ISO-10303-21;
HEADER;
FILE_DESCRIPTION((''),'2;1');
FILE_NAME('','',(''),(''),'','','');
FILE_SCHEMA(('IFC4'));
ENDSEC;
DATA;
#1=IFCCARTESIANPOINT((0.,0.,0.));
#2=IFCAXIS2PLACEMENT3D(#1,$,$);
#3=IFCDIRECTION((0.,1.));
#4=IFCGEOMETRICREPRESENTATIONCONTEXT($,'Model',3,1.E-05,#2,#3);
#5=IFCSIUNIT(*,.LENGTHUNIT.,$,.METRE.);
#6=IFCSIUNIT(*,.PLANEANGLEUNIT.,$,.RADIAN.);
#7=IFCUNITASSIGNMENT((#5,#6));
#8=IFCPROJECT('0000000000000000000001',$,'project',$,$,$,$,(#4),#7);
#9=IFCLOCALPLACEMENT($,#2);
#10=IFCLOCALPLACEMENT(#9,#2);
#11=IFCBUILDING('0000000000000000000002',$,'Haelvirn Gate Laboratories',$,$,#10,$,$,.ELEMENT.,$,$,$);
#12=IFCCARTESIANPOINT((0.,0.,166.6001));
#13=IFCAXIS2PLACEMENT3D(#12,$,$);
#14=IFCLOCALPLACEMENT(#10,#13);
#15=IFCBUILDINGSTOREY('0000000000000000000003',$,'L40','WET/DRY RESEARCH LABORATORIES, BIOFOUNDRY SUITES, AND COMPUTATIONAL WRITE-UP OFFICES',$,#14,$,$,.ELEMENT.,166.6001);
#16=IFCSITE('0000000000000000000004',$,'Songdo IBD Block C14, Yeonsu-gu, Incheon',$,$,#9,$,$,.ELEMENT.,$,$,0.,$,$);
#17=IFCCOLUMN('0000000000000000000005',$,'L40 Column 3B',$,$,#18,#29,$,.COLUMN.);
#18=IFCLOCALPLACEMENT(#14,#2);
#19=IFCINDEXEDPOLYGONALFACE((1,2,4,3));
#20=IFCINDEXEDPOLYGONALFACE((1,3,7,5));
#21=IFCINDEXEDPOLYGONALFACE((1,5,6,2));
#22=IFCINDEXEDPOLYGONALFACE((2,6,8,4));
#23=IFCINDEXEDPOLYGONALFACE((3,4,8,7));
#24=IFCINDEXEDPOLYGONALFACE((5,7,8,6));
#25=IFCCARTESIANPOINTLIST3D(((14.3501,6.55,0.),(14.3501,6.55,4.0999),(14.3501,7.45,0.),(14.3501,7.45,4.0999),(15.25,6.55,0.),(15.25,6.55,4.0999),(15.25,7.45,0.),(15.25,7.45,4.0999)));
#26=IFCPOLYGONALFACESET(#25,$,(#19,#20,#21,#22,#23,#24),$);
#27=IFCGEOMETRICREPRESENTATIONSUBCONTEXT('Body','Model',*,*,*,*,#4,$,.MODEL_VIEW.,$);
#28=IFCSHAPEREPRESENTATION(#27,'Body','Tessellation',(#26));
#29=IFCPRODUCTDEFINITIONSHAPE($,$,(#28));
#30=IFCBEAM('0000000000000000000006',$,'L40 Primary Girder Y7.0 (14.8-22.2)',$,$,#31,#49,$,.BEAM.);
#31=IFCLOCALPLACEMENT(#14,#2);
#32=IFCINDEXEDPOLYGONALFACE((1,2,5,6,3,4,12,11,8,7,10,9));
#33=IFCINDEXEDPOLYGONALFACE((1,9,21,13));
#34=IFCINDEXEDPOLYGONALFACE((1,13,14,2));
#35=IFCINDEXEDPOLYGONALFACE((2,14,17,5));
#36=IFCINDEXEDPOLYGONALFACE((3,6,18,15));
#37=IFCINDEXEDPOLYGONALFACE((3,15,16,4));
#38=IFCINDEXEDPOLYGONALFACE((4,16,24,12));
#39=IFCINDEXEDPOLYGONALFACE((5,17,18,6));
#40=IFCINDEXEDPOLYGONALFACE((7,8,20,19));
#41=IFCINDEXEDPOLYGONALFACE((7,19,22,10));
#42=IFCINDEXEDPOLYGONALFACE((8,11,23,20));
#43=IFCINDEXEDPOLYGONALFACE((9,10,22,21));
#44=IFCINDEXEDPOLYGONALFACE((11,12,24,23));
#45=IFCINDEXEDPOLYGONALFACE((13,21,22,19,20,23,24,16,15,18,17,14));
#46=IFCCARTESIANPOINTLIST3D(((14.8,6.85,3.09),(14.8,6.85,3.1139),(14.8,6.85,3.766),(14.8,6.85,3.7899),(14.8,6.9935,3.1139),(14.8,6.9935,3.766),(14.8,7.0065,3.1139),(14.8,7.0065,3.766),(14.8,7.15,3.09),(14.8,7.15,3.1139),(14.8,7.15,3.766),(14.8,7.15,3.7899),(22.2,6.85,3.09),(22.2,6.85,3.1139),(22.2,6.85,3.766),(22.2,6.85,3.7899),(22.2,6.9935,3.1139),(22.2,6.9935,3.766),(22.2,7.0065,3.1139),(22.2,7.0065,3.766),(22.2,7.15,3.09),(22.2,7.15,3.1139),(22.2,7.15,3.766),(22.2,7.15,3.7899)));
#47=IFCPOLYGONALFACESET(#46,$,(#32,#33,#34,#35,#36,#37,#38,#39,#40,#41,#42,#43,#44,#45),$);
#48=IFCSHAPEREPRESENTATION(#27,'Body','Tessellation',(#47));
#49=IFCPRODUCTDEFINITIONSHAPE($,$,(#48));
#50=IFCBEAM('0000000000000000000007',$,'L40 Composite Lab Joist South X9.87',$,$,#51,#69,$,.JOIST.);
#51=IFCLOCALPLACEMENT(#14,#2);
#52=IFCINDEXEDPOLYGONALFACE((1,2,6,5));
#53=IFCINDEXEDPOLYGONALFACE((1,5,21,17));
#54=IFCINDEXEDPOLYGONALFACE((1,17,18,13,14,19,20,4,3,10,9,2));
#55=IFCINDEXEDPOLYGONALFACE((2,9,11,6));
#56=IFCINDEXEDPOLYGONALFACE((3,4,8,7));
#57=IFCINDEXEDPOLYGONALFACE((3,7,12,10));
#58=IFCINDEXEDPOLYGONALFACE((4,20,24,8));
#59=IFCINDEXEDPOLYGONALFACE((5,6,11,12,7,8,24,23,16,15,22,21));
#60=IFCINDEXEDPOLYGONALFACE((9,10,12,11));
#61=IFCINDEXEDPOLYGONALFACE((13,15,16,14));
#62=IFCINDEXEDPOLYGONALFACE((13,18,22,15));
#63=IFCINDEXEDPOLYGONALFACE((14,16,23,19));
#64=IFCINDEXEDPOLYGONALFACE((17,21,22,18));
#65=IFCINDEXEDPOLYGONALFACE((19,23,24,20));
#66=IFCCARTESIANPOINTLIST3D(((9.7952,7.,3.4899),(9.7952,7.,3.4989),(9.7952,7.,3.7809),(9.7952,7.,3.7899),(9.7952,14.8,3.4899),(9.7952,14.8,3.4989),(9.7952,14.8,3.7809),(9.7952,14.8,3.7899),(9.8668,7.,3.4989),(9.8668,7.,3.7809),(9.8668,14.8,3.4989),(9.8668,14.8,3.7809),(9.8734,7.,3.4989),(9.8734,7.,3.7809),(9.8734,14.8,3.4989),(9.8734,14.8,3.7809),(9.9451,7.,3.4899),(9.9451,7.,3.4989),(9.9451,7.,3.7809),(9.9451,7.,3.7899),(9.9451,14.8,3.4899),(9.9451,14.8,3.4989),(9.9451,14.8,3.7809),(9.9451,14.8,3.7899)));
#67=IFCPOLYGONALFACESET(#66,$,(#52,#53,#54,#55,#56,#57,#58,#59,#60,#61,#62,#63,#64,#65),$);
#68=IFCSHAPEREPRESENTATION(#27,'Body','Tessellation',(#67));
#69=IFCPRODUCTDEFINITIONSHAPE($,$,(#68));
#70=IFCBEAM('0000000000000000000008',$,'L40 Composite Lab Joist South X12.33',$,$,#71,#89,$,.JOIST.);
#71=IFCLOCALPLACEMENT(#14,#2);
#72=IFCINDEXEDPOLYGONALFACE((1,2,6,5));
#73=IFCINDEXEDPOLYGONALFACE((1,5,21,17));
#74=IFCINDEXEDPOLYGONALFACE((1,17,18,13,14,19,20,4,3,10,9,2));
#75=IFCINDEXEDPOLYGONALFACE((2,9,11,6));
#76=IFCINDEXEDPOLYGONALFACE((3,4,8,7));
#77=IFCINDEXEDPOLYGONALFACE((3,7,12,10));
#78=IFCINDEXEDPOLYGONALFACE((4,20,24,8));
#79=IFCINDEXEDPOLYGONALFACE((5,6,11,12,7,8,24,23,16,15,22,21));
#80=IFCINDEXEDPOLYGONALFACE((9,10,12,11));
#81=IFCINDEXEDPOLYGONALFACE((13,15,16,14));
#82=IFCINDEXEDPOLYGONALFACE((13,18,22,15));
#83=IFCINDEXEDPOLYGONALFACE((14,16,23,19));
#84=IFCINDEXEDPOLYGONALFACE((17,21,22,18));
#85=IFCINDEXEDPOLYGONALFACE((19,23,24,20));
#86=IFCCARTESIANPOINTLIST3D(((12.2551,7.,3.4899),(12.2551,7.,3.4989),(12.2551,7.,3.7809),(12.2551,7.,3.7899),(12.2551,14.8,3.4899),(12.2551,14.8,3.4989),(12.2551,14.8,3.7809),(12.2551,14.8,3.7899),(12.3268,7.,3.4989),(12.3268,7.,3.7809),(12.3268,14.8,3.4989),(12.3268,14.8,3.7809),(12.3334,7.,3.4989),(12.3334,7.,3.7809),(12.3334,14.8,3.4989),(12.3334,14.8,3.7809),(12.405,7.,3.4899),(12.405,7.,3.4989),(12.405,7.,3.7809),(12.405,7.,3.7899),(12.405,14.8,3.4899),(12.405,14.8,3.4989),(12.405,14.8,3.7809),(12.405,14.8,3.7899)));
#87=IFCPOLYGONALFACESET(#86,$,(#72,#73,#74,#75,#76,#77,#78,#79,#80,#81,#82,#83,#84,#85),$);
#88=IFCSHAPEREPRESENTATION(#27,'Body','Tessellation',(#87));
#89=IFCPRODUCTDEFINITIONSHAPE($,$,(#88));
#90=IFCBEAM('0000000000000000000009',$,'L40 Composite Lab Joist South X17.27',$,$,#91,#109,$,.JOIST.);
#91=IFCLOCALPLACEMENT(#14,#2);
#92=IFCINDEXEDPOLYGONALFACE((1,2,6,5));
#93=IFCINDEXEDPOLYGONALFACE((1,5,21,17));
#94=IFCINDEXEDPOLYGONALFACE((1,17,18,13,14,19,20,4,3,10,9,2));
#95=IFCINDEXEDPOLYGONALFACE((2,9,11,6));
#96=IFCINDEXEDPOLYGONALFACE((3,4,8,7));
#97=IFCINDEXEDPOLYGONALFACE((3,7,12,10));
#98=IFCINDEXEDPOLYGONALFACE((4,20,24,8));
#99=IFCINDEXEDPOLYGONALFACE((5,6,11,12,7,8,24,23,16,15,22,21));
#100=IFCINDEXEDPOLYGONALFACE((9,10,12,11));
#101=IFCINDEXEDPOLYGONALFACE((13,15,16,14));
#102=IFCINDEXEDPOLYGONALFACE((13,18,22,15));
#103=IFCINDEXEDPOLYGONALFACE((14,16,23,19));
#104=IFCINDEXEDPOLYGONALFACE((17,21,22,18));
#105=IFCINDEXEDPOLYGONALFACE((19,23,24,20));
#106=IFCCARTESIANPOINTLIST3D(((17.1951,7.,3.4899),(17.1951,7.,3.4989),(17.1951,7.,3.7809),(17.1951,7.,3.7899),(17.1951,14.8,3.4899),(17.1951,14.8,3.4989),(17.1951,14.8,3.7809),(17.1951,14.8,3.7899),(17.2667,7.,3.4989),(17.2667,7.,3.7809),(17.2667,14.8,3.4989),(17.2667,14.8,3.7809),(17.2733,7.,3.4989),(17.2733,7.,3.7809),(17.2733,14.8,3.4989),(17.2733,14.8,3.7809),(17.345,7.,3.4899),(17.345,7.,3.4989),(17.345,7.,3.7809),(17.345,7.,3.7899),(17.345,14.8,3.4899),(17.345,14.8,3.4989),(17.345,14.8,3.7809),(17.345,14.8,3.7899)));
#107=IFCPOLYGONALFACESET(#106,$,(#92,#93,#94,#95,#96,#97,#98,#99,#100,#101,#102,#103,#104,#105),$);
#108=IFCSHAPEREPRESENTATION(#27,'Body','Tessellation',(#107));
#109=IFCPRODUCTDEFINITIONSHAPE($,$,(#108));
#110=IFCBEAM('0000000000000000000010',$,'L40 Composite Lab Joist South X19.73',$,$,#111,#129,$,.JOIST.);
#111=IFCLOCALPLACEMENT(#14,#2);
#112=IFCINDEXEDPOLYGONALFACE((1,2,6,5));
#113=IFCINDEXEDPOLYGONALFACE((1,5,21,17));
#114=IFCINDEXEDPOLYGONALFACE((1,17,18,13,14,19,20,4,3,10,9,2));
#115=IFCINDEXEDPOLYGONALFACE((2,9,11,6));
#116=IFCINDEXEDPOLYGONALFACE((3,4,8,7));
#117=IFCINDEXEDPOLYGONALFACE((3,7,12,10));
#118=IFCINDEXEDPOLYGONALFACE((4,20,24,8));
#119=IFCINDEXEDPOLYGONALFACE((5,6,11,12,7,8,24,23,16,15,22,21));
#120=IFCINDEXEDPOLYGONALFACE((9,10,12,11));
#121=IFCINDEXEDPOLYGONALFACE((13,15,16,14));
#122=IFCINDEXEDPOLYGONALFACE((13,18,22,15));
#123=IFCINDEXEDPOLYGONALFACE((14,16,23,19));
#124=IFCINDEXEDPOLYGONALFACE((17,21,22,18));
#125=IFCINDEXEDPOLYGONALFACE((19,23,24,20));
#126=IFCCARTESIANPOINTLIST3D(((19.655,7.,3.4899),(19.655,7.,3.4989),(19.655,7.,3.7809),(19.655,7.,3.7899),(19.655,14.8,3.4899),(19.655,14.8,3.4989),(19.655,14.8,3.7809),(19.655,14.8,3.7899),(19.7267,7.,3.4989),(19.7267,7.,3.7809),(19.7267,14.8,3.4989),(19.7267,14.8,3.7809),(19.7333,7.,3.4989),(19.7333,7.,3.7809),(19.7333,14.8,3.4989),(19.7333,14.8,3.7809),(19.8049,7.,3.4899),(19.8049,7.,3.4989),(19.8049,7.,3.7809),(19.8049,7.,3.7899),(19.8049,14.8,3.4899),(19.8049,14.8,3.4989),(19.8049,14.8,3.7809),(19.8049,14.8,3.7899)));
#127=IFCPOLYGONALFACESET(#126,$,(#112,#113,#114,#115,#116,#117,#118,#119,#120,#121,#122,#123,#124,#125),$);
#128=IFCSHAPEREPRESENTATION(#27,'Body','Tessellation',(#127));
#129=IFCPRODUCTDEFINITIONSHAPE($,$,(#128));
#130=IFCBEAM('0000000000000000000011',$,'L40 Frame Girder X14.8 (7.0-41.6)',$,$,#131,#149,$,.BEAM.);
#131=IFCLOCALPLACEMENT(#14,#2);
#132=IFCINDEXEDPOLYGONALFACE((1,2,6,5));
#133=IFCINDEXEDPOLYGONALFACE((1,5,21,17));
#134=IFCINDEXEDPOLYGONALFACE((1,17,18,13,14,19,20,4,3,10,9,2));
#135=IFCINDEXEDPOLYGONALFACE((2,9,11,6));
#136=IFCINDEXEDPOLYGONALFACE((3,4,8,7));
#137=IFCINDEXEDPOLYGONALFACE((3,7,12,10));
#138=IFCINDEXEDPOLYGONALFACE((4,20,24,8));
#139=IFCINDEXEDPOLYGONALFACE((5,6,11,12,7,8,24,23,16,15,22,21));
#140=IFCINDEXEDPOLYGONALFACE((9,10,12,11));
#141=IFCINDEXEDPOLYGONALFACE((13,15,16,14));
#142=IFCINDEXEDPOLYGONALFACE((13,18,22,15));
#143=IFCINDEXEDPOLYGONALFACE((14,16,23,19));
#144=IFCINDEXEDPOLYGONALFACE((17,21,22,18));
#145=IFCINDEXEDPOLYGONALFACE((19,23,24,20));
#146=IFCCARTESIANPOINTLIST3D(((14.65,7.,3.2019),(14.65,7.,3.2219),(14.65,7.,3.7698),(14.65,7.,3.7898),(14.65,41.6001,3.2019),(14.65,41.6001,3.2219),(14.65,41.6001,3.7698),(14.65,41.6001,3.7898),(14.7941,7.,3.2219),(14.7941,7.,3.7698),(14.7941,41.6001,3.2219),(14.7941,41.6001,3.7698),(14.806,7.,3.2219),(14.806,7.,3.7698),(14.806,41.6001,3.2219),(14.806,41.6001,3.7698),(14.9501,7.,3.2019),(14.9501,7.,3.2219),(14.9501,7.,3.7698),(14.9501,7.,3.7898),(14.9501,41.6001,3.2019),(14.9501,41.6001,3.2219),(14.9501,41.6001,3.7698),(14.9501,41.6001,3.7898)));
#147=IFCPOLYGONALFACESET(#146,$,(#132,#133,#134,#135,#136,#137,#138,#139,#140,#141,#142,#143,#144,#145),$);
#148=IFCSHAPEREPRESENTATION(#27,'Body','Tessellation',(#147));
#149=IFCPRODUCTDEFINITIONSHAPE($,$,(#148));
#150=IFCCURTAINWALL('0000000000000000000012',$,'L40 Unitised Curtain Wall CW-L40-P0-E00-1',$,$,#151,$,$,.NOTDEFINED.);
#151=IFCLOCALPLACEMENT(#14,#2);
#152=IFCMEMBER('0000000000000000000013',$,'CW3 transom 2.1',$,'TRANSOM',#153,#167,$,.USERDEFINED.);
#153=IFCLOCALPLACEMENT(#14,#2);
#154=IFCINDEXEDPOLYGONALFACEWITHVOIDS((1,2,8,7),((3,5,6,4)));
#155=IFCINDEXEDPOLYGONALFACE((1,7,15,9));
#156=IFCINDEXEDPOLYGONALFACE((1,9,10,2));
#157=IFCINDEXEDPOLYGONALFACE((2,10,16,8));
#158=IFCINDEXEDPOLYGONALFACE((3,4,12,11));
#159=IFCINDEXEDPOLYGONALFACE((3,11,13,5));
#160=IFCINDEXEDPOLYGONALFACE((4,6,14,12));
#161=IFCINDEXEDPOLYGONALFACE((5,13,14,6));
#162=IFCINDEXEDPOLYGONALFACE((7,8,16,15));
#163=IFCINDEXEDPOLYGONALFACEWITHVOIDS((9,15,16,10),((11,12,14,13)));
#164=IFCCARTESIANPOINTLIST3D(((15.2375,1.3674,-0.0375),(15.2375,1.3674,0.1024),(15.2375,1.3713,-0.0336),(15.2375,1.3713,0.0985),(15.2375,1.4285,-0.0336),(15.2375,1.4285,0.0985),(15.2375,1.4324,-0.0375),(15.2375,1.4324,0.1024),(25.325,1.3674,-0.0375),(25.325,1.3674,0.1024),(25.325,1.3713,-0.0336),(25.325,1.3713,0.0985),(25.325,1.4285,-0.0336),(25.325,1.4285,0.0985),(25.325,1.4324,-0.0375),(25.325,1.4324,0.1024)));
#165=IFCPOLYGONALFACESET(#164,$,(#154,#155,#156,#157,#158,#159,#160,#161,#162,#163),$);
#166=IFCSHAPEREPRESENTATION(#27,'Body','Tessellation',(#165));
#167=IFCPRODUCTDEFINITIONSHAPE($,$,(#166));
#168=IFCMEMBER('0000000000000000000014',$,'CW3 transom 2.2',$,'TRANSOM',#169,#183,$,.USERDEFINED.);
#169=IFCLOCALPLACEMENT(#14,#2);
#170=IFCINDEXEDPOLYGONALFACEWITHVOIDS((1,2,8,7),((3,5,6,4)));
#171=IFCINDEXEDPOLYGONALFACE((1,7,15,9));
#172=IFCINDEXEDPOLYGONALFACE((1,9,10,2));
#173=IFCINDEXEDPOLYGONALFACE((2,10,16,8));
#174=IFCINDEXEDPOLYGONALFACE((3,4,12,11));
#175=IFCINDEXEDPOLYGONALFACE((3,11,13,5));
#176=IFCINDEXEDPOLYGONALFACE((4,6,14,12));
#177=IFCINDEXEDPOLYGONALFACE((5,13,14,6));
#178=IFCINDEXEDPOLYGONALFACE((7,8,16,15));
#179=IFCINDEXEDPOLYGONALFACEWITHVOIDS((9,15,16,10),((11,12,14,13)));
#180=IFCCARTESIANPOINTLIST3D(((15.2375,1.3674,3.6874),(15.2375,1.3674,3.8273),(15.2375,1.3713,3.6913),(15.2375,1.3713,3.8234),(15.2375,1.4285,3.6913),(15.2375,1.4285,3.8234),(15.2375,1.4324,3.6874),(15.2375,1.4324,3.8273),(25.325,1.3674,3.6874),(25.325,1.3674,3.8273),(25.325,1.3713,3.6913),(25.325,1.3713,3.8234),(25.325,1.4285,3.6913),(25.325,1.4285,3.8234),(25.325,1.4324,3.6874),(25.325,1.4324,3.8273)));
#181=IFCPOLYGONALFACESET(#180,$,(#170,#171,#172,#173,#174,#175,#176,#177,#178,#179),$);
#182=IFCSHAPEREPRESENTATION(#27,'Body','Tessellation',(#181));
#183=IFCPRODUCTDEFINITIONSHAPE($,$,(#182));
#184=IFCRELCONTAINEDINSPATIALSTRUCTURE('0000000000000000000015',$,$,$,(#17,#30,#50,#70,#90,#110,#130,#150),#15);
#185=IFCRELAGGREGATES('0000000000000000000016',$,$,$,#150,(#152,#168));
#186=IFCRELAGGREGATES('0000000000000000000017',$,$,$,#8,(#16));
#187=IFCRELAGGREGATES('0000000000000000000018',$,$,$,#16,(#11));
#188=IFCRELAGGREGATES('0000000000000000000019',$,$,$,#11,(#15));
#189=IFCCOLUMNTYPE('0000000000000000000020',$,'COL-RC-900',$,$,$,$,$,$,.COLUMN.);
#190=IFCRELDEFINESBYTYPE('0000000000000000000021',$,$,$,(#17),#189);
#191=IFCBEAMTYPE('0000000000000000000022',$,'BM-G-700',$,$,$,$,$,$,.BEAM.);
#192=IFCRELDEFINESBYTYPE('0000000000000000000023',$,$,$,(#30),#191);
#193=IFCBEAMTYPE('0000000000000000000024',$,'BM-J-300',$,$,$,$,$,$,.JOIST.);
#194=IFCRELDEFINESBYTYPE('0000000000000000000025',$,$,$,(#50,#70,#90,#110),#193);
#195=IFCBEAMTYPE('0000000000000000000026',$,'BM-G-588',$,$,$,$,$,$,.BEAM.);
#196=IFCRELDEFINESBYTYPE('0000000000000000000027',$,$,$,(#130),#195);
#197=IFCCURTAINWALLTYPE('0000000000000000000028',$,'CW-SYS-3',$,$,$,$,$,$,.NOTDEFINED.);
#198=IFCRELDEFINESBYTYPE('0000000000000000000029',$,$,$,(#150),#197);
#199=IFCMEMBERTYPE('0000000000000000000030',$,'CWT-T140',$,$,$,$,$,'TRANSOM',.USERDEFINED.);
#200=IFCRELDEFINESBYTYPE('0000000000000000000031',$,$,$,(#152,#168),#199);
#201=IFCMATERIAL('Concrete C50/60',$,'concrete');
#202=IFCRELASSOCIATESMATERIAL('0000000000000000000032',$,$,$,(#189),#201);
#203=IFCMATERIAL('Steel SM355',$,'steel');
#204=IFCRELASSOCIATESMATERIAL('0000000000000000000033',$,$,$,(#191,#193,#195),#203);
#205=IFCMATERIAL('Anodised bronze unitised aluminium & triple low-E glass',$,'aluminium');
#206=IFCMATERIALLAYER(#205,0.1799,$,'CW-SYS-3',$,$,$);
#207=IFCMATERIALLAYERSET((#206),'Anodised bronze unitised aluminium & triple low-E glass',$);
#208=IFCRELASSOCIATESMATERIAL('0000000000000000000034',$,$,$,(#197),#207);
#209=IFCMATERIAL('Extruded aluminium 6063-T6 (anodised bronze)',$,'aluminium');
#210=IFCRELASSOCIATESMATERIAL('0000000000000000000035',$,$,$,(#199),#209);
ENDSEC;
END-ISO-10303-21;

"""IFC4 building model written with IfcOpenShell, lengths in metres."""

from ifc_helpers import new_model, si_unit, direction, frame, origin, origin_2d, place, context, subcontext, project, spatial, rectangle, hollow_rectangle, i_section, extrude, source, transform, mapped, material, layer, layer_set, material_profile, profile_set, type_object, type_shapes, element, aggregate, save


model = new_model("IFC4")

# Units and contexts
model_context = context("Model", 3, precision=1e-05, world=origin(), true_north=direction((0.0, 1.0)))
body_context = subcontext(model_context, "Body", "Model", "MODEL_VIEW")
ifc_project = project(units=[si_unit("LENGTHUNIT", "METRE"), si_unit("PLANEANGLEUNIT", "RADIAN")], contexts=[model_context])

# Site, building, storey
site_placement = place(None, origin())
site = spatial("IfcSite", under=ifc_project, at=site_placement, Name="Songdo IBD Block C14, Yeonsu-gu, Incheon", CompositionType="ELEMENT", RefElevation=0.0)
building_placement = place(site_placement, origin())
building = spatial("IfcBuilding", under=site, at=building_placement, Name="Haelvirn Gate Laboratories", CompositionType="ELEMENT")
storey_placement = place(building_placement, frame((0.0, 0.0, 166.6001)))
storey = spatial("IfcBuildingStorey", under=building, at=storey_placement, Name="L40", Description="WET/DRY RESEARCH LABORATORIES, BIOFOUNDRY SUITES, AND COMPUTATIONAL WRITE-UP OFFICES", CompositionType="ELEMENT", Elevation=166.6001)

# Column
ifc_material_1 = material(Name="Concrete C50/60", Category="concrete")
ifc_material_profile_1 = material_profile(ifc_material_1, rectangle(XDim=0.8999, YDim=0.8999, at=origin_2d()), Name="RC-900x900")
ifc_profile_set_1 = profile_set([ifc_material_profile_1], Name="Concrete C50/60")
column_type = type_object("IfcColumnType", Name="COL-RC-900", PredefinedType="COLUMN", material=ifc_profile_set_1)
shared_shape_1 = source(origin(), body_context, "Body", "SweptSolid", [
    extrude(rectangle(XDim=0.8999, YDim=0.8999, at=origin_2d()), origin(), (0.0, 0.0, 1.0), 4.0999),
])
type_shapes(column_type, [shared_shape_1])
column_placement = place(storey_placement, frame((14.8, 7.0, 0.0), z_axis=(0.0, 0.0, 1.0), x_axis=(1.0, 0.0, 0.0)))
element("IfcColumn", 1, at=column_placement, inside=storey, type_object=column_type, Name="L40 Column 3B", PredefinedType="COLUMN", context=body_context, shape_type="MappedRepresentation", body=[
    mapped(shared_shape_1, transform((0.0, 0.0, 0.0), scale=1.0)),
])

# Beams
ifc_material_2 = material(Name="Steel SM355", Category="steel")
ifc_material_profile_2 = material_profile(ifc_material_2, i_section(OverallWidth=0.3, OverallDepth=0.7, WebThickness=0.0129, FlangeThickness=0.0239, at=origin_2d()), Name="H-700x300x13x24")
ifc_profile_set_2 = profile_set([ifc_material_profile_2], Name="Steel SM355")
beam_type_1 = type_object("IfcBeamType", Name="BM-G-700", PredefinedType="BEAM", material=ifc_profile_set_2)
shared_shape_2 = source(origin(), body_context, "Body", "SweptSolid", [
    extrude(i_section(OverallWidth=0.3, OverallDepth=0.7, WebThickness=0.0129, FlangeThickness=0.0239, at=origin_2d()), origin(), (0.0, 0.0, 1.0), 7.3999),
])
type_shapes(beam_type_1, [shared_shape_2])
beam_1_placement = place(storey_placement, frame((14.8, 7.0, 3.4399), z_axis=(1.0, 0.0, 0.0), x_axis=(0.0, 1.0, 0.0)))
element("IfcBeam", 2, at=beam_1_placement, inside=storey, type_object=beam_type_1, Name="L40 Primary Girder Y7.0 (14.8-22.2)", PredefinedType="BEAM", context=body_context, shape_type="MappedRepresentation", body=[
    mapped(shared_shape_2, transform((0.0, 0.0, 0.0), scale=1.0)),
])
ifc_material_profile_3 = material_profile(ifc_material_2, i_section(OverallWidth=0.1499, OverallDepth=0.3, WebThickness=0.0066, FlangeThickness=0.009, at=origin_2d()), Name="H-300x150x6.5x9")
ifc_profile_set_3 = profile_set([ifc_material_profile_3], Name="Steel SM355")
beam_type_2 = type_object("IfcBeamType", Name="BM-J-300", PredefinedType="JOIST", material=ifc_profile_set_3)
shared_shape_3 = source(origin(), body_context, "Body", "SweptSolid", [
    extrude(i_section(OverallWidth=0.1499, OverallDepth=0.3, WebThickness=0.0066, FlangeThickness=0.009, at=origin_2d()), origin(), (0.0, 0.0, 1.0), 7.8),
])
type_shapes(beam_type_2, [shared_shape_3])
for number, where, z_axis, x_axis, name in (
    (3, (9.8701, 7.0, 3.6399), (0.0, 1.0, 0.0), (-1.0, 0.0, 0.0), "L40 Composite Lab Joist South X9.87"),
    (4, (12.3301, 7.0, 3.6399), (0.0, 1.0, 0.0), (-1.0, 0.0, 0.0), "L40 Composite Lab Joist South X12.33"),
    (5, (17.27, 7.0, 3.6399), (0.0, 1.0, 0.0), (-1.0, 0.0, 0.0), "L40 Composite Lab Joist South X17.27"),
    (6, (19.73, 7.0, 3.6399), (0.0, 1.0, 0.0), (-1.0, 0.0, 0.0), "L40 Composite Lab Joist South X19.73"),
):
    element("IfcBeam", number, at=place(storey_placement, frame(where, z_axis=z_axis, x_axis=x_axis)), inside=storey, type_object=beam_type_2, Name=name, PredefinedType="JOIST", context=body_context, shape_type="MappedRepresentation", body=[
        mapped(shared_shape_3, transform((0.0, 0.0, 0.0), scale=1.0)),
    ])
ifc_material_profile_4 = material_profile(ifc_material_2, i_section(OverallWidth=0.3, OverallDepth=0.5879, WebThickness=0.012, FlangeThickness=0.02, at=origin_2d()), Name="H-588x300x12x20")
ifc_profile_set_4 = profile_set([ifc_material_profile_4], Name="Steel SM355")
beam_type_3 = type_object("IfcBeamType", Name="BM-G-588", PredefinedType="BEAM", material=ifc_profile_set_4)
shared_shape_4 = source(origin(), body_context, "Body", "SweptSolid", [
    extrude(i_section(OverallWidth=0.3, OverallDepth=0.5879, WebThickness=0.012, FlangeThickness=0.02, at=origin_2d()), origin(), (0.0, 0.0, 1.0), 34.6001),
])
type_shapes(beam_type_3, [shared_shape_4])
beam_2_placement = place(storey_placement, frame((14.8, 7.0, 3.4958), z_axis=(0.0, 1.0, 0.0), x_axis=(-1.0, 0.0, 0.0)))
element("IfcBeam", 7, at=beam_2_placement, inside=storey, type_object=beam_type_3, Name="L40 Frame Girder X14.8 (7.0-41.6)", PredefinedType="BEAM", context=body_context, shape_type="MappedRepresentation", body=[
    mapped(shared_shape_4, transform((0.0, 0.0, 0.0), scale=1.0)),
])

# Curtain wall, members
ifc_material_3 = material(Name="Anodised bronze unitised aluminium & triple low-E glass", Category="aluminium")
ifc_layer_1 = layer(ifc_material_3, 0.1799, Name="CW-SYS-3")
ifc_layer_set_1 = layer_set([ifc_layer_1], Name="Anodised bronze unitised aluminium & triple low-E glass")
curtain_wall_type = type_object("IfcCurtainWallType", Name="CW-SYS-3", PredefinedType="NOTDEFINED", material=ifc_layer_set_1)
curtain_wall_placement = place(storey_placement, origin())
curtain_wall = element("IfcCurtainWall", 8, at=curtain_wall_placement, inside=storey, type_object=curtain_wall_type, Name="L40 Unitised Curtain Wall CW-L40-P0-E00-1", PredefinedType="NOTDEFINED")
ifc_material_4 = material(Name="Extruded aluminium 6063-T6 (anodised bronze)", Category="aluminium")
ifc_material_profile_5 = material_profile(ifc_material_4, hollow_rectangle(XDim=0.0649, YDim=0.1399, WallThickness=0.0039, at=origin_2d()), Name="CWT-140x65x4")
ifc_profile_set_5 = profile_set([ifc_material_profile_5], Name="Extruded aluminium 6063-T6 (anodised bronze)")
member_type_1 = type_object("IfcMemberType", Name="CWT-T140", ElementType="TRANSOM", PredefinedType="USERDEFINED", material=ifc_profile_set_5)
shared_shape_5 = source(origin(), body_context, "Body", "SweptSolid", [
    extrude(hollow_rectangle(XDim=0.0649, YDim=0.1399, WallThickness=0.0039, at=origin_2d()), origin(), (0.0, 0.0, 1.0), 10.0874),
])
type_shapes(member_type_1, [shared_shape_5])
member_1_placement = place(storey_placement, frame((15.2375, 1.3999, 0.0325), z_axis=(1.0, 0.0, 0.0), x_axis=(0.0, 1.0, 0.0)))
member_1 = element("IfcMember", 9, at=member_1_placement, type_object=member_type_1, Name="CW3 transom 2.1", ObjectType="TRANSOM", PredefinedType="USERDEFINED", context=body_context, shape_type="MappedRepresentation", body=[
    mapped(shared_shape_5, transform((0.0, 0.0, 0.0), scale=1.0)),
])
member_2_placement = place(storey_placement, frame((15.2375, 1.3999, 3.7573), z_axis=(1.0, 0.0, 0.0), x_axis=(0.0, 1.0, 0.0)))
member_2 = element("IfcMember", 10, at=member_2_placement, type_object=member_type_1, Name="CW3 transom 2.2", ObjectType="TRANSOM", PredefinedType="USERDEFINED", context=body_context, shape_type="MappedRepresentation", body=[
    mapped(shared_shape_5, transform((0.0, 0.0, 0.0), scale=1.0)),
])
aggregate(curtain_wall, [member_1, member_2])

save(model, "model.ifc")
